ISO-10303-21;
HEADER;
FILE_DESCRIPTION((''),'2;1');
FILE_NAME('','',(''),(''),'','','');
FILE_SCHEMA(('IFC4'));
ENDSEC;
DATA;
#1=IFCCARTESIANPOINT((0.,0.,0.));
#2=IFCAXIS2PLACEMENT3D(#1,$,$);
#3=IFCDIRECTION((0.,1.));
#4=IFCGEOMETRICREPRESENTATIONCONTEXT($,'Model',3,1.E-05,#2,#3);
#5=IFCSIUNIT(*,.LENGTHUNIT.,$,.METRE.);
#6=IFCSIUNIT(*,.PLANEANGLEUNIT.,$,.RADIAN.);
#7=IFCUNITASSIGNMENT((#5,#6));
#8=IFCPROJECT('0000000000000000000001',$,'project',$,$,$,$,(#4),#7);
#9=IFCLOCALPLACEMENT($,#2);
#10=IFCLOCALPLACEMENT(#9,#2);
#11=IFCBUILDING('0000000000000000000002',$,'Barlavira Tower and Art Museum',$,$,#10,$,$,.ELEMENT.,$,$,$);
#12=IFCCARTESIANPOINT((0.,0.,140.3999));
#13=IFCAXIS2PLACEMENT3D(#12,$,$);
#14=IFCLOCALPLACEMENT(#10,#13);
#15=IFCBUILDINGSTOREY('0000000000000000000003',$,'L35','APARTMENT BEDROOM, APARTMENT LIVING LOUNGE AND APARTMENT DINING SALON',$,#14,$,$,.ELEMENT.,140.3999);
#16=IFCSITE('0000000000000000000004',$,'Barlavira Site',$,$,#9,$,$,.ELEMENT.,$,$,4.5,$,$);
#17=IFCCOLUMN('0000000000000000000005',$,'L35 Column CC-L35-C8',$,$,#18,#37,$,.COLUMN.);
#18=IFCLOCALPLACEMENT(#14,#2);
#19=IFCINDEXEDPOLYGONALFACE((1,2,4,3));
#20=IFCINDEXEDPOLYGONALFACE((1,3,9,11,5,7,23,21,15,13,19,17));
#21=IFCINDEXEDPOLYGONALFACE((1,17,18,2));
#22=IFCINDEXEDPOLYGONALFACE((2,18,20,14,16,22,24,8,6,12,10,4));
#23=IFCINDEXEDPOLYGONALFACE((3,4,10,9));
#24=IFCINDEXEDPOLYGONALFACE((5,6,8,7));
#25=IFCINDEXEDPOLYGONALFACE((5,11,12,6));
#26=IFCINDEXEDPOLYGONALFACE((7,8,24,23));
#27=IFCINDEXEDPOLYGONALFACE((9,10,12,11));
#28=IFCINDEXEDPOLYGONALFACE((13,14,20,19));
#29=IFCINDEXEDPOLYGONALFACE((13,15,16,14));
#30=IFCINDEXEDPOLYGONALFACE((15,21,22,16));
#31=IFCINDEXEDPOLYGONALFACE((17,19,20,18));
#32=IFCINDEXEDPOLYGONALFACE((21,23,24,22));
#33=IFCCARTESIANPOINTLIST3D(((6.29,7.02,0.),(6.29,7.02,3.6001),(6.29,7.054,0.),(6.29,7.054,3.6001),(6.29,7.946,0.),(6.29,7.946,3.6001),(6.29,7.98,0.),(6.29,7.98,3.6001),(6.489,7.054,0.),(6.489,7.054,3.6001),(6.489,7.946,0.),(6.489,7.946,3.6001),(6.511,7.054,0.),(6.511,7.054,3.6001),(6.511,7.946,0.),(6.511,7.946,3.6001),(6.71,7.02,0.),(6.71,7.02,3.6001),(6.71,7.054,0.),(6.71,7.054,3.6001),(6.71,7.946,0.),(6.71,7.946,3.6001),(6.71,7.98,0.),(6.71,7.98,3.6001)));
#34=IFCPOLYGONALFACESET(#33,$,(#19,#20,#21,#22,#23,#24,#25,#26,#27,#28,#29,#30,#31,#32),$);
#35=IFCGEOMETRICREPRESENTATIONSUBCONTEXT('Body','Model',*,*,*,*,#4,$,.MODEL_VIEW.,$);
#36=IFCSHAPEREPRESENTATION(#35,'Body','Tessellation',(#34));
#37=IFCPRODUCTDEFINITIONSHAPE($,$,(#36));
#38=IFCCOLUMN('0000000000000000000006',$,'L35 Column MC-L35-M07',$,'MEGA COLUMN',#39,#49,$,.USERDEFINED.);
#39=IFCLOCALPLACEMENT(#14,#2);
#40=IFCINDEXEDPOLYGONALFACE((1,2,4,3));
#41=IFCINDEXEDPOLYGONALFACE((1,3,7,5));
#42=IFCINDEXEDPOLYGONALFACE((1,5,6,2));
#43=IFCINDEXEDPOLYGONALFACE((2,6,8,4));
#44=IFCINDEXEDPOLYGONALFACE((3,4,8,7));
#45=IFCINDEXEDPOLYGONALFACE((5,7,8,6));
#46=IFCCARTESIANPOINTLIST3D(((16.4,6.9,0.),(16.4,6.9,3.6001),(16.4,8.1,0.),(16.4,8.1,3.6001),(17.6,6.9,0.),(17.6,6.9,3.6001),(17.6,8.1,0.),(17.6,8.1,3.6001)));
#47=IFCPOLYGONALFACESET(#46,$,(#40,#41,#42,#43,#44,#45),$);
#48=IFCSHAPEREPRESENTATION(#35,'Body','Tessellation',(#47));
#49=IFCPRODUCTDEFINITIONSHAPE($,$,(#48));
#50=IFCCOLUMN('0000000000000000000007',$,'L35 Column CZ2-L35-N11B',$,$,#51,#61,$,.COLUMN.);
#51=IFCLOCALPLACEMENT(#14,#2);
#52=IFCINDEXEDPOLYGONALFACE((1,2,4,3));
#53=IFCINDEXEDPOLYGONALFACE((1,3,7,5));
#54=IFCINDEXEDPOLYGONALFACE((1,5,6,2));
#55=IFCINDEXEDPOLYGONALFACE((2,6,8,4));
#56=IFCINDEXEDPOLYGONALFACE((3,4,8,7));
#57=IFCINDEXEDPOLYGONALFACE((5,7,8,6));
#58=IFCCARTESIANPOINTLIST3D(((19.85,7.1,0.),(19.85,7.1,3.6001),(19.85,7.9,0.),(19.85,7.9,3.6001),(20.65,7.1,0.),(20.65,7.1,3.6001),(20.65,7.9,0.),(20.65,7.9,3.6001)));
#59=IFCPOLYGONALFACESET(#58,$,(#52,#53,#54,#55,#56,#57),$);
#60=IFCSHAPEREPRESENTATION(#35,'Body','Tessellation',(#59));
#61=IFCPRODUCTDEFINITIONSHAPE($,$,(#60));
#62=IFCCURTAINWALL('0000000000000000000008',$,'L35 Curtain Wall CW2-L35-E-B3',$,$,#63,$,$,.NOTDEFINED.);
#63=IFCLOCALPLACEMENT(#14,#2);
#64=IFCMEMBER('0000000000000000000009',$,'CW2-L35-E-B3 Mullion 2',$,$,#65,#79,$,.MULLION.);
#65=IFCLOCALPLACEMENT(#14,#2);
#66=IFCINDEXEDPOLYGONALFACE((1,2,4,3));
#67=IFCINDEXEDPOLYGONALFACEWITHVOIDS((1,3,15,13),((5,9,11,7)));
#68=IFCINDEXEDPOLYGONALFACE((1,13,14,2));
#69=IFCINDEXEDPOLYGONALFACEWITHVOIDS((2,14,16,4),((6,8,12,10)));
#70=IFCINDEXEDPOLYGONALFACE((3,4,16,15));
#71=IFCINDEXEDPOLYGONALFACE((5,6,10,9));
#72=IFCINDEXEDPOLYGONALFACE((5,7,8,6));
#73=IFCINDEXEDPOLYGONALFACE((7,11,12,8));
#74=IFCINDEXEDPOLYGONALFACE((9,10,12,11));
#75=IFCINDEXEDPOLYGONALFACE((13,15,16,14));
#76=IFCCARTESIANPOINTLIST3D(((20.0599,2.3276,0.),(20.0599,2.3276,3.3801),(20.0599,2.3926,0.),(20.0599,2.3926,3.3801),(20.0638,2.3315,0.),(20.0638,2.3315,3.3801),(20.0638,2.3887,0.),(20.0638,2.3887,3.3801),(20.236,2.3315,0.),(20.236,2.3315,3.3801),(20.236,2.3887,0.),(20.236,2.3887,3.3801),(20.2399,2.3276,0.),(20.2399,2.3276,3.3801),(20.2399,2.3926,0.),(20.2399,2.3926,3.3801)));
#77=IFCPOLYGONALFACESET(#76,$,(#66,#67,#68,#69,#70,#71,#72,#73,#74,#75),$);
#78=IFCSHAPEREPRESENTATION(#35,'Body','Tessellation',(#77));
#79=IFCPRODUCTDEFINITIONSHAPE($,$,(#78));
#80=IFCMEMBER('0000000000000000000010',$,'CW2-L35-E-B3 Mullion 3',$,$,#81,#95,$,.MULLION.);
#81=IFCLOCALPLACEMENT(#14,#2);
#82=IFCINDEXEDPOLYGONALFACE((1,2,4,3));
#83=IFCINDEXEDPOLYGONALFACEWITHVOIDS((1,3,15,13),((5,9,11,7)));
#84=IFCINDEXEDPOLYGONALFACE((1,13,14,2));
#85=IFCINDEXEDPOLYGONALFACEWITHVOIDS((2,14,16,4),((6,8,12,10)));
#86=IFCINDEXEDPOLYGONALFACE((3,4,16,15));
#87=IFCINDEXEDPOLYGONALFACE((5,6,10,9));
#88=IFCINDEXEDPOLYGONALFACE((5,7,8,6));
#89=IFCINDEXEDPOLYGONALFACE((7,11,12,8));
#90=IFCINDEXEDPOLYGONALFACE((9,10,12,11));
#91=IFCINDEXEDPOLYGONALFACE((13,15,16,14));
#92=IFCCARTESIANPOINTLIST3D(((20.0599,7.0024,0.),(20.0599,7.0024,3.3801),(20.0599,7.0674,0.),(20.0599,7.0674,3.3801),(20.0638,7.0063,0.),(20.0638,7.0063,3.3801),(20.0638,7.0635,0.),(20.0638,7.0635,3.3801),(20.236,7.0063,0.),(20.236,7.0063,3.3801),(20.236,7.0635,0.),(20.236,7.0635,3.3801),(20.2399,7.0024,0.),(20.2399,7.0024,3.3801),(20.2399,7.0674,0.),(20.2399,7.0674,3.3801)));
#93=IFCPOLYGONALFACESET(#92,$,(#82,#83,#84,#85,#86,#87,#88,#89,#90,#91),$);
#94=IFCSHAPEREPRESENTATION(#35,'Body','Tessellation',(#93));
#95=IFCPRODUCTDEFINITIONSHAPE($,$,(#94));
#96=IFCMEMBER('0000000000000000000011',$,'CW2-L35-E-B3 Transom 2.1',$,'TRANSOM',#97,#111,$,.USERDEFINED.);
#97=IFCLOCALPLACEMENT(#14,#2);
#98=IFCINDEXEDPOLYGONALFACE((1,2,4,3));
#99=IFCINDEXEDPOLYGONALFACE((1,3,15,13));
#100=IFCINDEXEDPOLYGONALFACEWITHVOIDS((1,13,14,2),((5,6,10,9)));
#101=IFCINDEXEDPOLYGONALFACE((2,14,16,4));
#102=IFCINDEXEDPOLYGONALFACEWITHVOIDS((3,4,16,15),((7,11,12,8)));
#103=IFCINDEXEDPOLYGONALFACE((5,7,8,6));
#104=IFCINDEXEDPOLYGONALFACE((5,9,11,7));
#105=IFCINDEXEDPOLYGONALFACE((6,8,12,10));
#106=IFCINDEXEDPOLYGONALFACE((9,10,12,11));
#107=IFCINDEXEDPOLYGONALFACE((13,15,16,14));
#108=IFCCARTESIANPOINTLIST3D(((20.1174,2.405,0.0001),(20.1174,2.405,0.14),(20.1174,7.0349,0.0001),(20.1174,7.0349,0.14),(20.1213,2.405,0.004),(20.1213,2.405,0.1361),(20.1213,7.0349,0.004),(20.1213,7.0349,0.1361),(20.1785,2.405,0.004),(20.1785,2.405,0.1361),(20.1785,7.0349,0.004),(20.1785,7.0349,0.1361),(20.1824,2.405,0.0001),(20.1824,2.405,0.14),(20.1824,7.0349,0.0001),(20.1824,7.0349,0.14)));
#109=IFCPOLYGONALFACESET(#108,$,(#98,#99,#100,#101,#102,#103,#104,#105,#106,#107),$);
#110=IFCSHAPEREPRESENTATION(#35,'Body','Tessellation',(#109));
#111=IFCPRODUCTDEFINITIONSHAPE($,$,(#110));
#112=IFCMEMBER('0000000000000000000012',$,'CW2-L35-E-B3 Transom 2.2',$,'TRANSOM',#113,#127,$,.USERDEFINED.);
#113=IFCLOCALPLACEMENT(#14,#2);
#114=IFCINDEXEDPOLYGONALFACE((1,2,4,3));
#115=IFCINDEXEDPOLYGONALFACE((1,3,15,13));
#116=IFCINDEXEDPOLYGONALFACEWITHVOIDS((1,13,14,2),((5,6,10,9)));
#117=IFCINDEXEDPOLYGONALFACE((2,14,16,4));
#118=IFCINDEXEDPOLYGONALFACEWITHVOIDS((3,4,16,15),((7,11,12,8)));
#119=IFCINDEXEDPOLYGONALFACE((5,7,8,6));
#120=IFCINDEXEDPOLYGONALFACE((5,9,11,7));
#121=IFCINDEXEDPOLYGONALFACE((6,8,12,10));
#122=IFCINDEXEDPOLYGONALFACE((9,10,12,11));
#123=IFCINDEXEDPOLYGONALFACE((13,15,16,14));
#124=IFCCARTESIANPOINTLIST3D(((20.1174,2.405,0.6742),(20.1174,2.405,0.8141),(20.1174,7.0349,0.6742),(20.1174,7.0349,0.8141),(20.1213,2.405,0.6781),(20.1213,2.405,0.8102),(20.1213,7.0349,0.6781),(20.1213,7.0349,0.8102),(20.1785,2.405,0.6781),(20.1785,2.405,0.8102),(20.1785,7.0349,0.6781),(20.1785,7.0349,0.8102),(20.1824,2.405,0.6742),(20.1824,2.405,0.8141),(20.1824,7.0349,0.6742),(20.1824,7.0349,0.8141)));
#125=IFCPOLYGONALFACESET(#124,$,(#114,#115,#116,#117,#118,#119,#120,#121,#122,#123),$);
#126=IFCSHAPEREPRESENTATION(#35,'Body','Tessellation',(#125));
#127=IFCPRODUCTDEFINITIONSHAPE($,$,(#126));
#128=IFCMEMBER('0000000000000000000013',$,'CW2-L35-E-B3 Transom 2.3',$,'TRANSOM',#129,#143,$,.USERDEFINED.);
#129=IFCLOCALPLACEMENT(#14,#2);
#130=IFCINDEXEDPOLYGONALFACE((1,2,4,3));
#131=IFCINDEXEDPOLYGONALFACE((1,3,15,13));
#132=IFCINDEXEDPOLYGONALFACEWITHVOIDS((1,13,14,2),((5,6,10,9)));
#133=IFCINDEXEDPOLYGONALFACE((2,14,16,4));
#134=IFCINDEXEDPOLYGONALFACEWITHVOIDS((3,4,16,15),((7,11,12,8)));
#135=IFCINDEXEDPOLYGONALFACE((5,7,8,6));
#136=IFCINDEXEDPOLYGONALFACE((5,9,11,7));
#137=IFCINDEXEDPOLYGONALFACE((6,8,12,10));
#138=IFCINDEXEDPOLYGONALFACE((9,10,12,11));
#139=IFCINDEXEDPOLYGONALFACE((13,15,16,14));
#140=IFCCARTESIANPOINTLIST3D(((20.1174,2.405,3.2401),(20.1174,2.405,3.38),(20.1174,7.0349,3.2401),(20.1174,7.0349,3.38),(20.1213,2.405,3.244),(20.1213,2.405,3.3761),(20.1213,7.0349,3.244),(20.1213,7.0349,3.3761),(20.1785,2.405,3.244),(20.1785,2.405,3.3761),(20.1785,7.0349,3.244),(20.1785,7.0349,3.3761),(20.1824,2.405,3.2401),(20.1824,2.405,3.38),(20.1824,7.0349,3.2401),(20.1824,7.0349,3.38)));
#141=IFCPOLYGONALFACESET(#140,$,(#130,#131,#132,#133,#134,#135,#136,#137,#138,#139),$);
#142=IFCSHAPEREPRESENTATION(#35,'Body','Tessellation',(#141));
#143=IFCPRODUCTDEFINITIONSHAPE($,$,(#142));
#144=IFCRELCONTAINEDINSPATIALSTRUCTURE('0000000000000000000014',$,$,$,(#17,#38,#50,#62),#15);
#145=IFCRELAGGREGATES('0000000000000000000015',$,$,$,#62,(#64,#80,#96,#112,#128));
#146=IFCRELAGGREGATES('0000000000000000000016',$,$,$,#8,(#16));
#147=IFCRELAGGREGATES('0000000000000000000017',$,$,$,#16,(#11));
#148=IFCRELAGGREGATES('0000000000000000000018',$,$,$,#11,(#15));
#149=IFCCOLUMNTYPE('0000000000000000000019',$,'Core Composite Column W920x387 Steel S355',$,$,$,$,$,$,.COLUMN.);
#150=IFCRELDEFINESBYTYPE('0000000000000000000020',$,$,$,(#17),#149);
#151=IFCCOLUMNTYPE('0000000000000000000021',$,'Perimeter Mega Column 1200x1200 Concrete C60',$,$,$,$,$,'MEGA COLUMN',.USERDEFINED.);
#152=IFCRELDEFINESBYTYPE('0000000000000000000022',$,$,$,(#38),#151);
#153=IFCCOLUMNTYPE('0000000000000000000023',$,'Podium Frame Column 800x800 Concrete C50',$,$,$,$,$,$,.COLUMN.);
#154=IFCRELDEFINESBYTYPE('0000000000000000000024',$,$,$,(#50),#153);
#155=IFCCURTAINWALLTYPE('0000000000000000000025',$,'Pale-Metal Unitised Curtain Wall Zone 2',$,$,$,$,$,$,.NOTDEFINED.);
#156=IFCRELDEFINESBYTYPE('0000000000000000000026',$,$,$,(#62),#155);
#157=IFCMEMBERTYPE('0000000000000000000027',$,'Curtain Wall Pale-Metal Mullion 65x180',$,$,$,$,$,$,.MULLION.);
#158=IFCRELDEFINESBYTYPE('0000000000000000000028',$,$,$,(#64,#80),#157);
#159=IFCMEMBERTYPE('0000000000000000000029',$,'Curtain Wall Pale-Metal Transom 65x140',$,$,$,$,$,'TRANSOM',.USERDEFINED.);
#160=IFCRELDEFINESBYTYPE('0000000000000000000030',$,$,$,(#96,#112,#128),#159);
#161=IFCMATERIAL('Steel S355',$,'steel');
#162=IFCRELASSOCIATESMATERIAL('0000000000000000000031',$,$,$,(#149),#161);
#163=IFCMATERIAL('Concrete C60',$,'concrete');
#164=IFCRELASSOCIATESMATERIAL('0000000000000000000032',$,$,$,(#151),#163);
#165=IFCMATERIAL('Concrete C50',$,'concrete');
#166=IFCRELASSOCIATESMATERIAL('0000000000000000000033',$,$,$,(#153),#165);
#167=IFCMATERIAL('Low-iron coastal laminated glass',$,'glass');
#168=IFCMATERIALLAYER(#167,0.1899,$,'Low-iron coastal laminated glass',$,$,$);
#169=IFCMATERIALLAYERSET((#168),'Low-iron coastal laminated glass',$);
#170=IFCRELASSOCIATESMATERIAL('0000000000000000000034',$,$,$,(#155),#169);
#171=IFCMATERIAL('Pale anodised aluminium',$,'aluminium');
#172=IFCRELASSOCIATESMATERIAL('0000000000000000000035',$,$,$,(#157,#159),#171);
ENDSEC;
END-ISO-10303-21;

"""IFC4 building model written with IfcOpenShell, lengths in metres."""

from ifc_helpers import new_model, si_unit, direction, frame, origin, origin_2d, place, context, subcontext, project, spatial, rectangle, hollow_rectangle, i_section, extrude, material, layer, layer_set, material_profile, profile_set, type_object, element, aggregate, save


model = new_model("IFC4")

# Units and contexts
model_context = context("Model", 3, precision=1e-05, world=origin(), true_north=direction((0.0, 1.0)))
body_context = subcontext(model_context, "Body", "Model", "MODEL_VIEW")
ifc_project = project(units=[si_unit("LENGTHUNIT", "METRE"), si_unit("PLANEANGLEUNIT", "RADIAN")], contexts=[model_context])

# Site, building, storey
site_placement = place(None, origin())
site = spatial("IfcSite", under=ifc_project, at=site_placement, Name="Barlavira Site", CompositionType="ELEMENT", RefElevation=4.5)
building_placement = place(site_placement, origin())
building = spatial("IfcBuilding", under=site, at=building_placement, Name="Barlavira Tower and Art Museum", CompositionType="ELEMENT")
storey_placement = place(building_placement, frame((0.0, 0.0, 140.3999)))
storey = spatial("IfcBuildingStorey", under=building, at=storey_placement, Name="L35", Description="APARTMENT BEDROOM, APARTMENT LIVING LOUNGE AND APARTMENT DINING SALON", CompositionType="ELEMENT", Elevation=140.3999)

# Columns
ifc_material_1 = material(Name="Steel S355", Category="steel")
ifc_material_profile_1 = material_profile(ifc_material_1, i_section(OverallWidth=0.4199, OverallDepth=0.96, WebThickness=0.022, FlangeThickness=0.0339, at=origin_2d()), Name="W920x387.0")
ifc_profile_set_1 = profile_set([ifc_material_profile_1], Name="Steel S355")
column_type_1 = type_object("IfcColumnType", Name="Core Composite Column W920x387 Steel S355", PredefinedType="COLUMN", material=ifc_profile_set_1)
column_1_placement = place(storey_placement, frame((6.5, 7.5, 0.0), z_axis=(0.0, 0.0, 1.0), x_axis=(1.0, 0.0, 0.0)))
element("IfcColumn", 1, at=column_1_placement, inside=storey, type_object=column_type_1, Name="L35 Column CC-L35-C8", PredefinedType="COLUMN", context=body_context, shape_type="SweptSolid", body=[
    extrude(i_section(OverallWidth=0.4199, OverallDepth=0.96, WebThickness=0.022, FlangeThickness=0.0339, at=origin_2d()), origin(), (0.0, 0.0, 1.0), 3.6001),
])
ifc_material_2 = material(Name="Concrete C60", Category="concrete")
ifc_material_profile_2 = material_profile(ifc_material_2, rectangle(XDim=1.2, YDim=1.2, at=origin_2d()), Name="RC-COL 1200x1200")
ifc_profile_set_2 = profile_set([ifc_material_profile_2], Name="Concrete C60")
column_type_2 = type_object("IfcColumnType", Name="Perimeter Mega Column 1200x1200 Concrete C60", ElementType="MEGA COLUMN", PredefinedType="USERDEFINED", material=ifc_profile_set_2)
column_2_placement = place(storey_placement, frame((17.0, 7.5, 0.0), z_axis=(0.0, 0.0, 1.0), x_axis=(1.0, 0.0, 0.0)))
element("IfcColumn", 2, at=column_2_placement, inside=storey, type_object=column_type_2, Name="L35 Column MC-L35-M07", ObjectType="MEGA COLUMN", PredefinedType="USERDEFINED", context=body_context, shape_type="SweptSolid", body=[
    extrude(rectangle(XDim=1.2, YDim=1.2, at=origin_2d()), origin(), (0.0, 0.0, 1.0), 3.6001),
])
ifc_material_3 = material(Name="Concrete C50", Category="concrete")
ifc_material_profile_3 = material_profile(ifc_material_3, rectangle(XDim=0.8, YDim=0.8, at=origin_2d()), Name="RC-COL 800x800")
ifc_profile_set_3 = profile_set([ifc_material_profile_3], Name="Concrete C50")
column_type_3 = type_object("IfcColumnType", Name="Podium Frame Column 800x800 Concrete C50", PredefinedType="COLUMN", material=ifc_profile_set_3)
column_3_placement = place(storey_placement, frame((20.25, 7.5, 0.0), z_axis=(0.0, 0.0, 1.0), x_axis=(1.0, 0.0, 0.0)))
element("IfcColumn", 3, at=column_3_placement, inside=storey, type_object=column_type_3, Name="L35 Column CZ2-L35-N11B", PredefinedType="COLUMN", context=body_context, shape_type="SweptSolid", body=[
    extrude(rectangle(XDim=0.8, YDim=0.8, at=origin_2d()), origin(), (0.0, 0.0, 1.0), 3.6001),
])

# Curtain wall, members
ifc_material_4 = material(Name="Low-iron coastal laminated glass", Category="glass")
ifc_layer_1 = layer(ifc_material_4, 0.1899, Name="Low-iron coastal laminated glass")
ifc_layer_set_1 = layer_set([ifc_layer_1], Name="Low-iron coastal laminated glass")
curtain_wall_type = type_object("IfcCurtainWallType", Name="Pale-Metal Unitised Curtain Wall Zone 2", PredefinedType="NOTDEFINED", material=ifc_layer_set_1)
curtain_wall_placement = place(storey_placement, origin())
curtain_wall = element("IfcCurtainWall", 4, at=curtain_wall_placement, inside=storey, type_object=curtain_wall_type, Name="L35 Curtain Wall CW2-L35-E-B3", PredefinedType="NOTDEFINED")
ifc_material_5 = material(Name="Pale anodised aluminium", Category="aluminium")
ifc_material_profile_4 = material_profile(ifc_material_5, hollow_rectangle(XDim=0.0649, YDim=0.1799, WallThickness=0.0039, at=origin_2d()), Name="ALU-MULL 65x180x4")
ifc_profile_set_4 = profile_set([ifc_material_profile_4], Name="Pale anodised aluminium")
member_type_1 = type_object("IfcMemberType", Name="Curtain Wall Pale-Metal Mullion 65x180", PredefinedType="MULLION", material=ifc_profile_set_4)
member_1_placement = place(storey_placement, frame((20.1499, 2.3601, 0.0), z_axis=(0.0, 0.0, 1.0), x_axis=(0.0, 1.0, 0.0)))
member_1 = element("IfcMember", 5, at=member_1_placement, type_object=member_type_1, Name="CW2-L35-E-B3 Mullion 2", PredefinedType="MULLION", context=body_context, shape_type="SweptSolid", body=[
    extrude(hollow_rectangle(XDim=0.0649, YDim=0.1799, WallThickness=0.0039, at=origin_2d()), origin(), (0.0, 0.0, 1.0), 3.3801),
])
member_2_placement = place(storey_placement, frame((20.1499, 7.0349, 0.0), z_axis=(0.0, 0.0, 1.0), x_axis=(0.0, 1.0, 0.0)))
member_2 = element("IfcMember", 6, at=member_2_placement, type_object=member_type_1, Name="CW2-L35-E-B3 Mullion 3", PredefinedType="MULLION", context=body_context, shape_type="SweptSolid", body=[
    extrude(hollow_rectangle(XDim=0.0649, YDim=0.1799, WallThickness=0.0039, at=origin_2d()), origin(), (0.0, 0.0, 1.0), 3.3801),
])
ifc_material_profile_5 = material_profile(ifc_material_5, hollow_rectangle(XDim=0.0649, YDim=0.1399, WallThickness=0.0039, at=origin_2d()), Name="ALU-TRAN 65x140x4")
ifc_profile_set_5 = profile_set([ifc_material_profile_5], Name="Pale anodised aluminium")
member_type_2 = type_object("IfcMemberType", Name="Curtain Wall Pale-Metal Transom 65x140", ElementType="TRANSOM", PredefinedType="USERDEFINED", material=ifc_profile_set_5)
member_3_placement = place(storey_placement, frame((20.1499, 2.405, 0.0701), z_axis=(0.0, 1.0, 0.0), x_axis=(-1.0, 0.0, 0.0)))
member_3 = element("IfcMember", 7, at=member_3_placement, type_object=member_type_2, Name="CW2-L35-E-B3 Transom 2.1", ObjectType="TRANSOM", PredefinedType="USERDEFINED", context=body_context, shape_type="SweptSolid", body=[
    extrude(hollow_rectangle(XDim=0.0649, YDim=0.1399, WallThickness=0.0039, at=origin_2d()), origin(), (0.0, 0.0, 1.0), 4.6299),
])
member_4_placement = place(storey_placement, frame((20.1499, 2.405, 0.7441), z_axis=(0.0, 1.0, 0.0), x_axis=(-1.0, 0.0, 0.0)))
member_4 = element("IfcMember", 8, at=member_4_placement, type_object=member_type_2, Name="CW2-L35-E-B3 Transom 2.2", ObjectType="TRANSOM", PredefinedType="USERDEFINED", context=body_context, shape_type="SweptSolid", body=[
    extrude(hollow_rectangle(XDim=0.0649, YDim=0.1399, WallThickness=0.0039, at=origin_2d()), origin(), (0.0, 0.0, 1.0), 4.6299),
])
member_5_placement = place(storey_placement, frame((20.1499, 2.405, 3.3101), z_axis=(0.0, 1.0, 0.0), x_axis=(-1.0, 0.0, 0.0)))
member_5 = element("IfcMember", 9, at=member_5_placement, type_object=member_type_2, Name="CW2-L35-E-B3 Transom 2.3", ObjectType="TRANSOM", PredefinedType="USERDEFINED", context=body_context, shape_type="SweptSolid", body=[
    extrude(hollow_rectangle(XDim=0.0649, YDim=0.1399, WallThickness=0.0039, at=origin_2d()), origin(), (0.0, 0.0, 1.0), 4.6299),
])

aggregate(curtain_wall, [member_1, member_2, member_3, member_4, member_5])

save(model, "model.ifc")
